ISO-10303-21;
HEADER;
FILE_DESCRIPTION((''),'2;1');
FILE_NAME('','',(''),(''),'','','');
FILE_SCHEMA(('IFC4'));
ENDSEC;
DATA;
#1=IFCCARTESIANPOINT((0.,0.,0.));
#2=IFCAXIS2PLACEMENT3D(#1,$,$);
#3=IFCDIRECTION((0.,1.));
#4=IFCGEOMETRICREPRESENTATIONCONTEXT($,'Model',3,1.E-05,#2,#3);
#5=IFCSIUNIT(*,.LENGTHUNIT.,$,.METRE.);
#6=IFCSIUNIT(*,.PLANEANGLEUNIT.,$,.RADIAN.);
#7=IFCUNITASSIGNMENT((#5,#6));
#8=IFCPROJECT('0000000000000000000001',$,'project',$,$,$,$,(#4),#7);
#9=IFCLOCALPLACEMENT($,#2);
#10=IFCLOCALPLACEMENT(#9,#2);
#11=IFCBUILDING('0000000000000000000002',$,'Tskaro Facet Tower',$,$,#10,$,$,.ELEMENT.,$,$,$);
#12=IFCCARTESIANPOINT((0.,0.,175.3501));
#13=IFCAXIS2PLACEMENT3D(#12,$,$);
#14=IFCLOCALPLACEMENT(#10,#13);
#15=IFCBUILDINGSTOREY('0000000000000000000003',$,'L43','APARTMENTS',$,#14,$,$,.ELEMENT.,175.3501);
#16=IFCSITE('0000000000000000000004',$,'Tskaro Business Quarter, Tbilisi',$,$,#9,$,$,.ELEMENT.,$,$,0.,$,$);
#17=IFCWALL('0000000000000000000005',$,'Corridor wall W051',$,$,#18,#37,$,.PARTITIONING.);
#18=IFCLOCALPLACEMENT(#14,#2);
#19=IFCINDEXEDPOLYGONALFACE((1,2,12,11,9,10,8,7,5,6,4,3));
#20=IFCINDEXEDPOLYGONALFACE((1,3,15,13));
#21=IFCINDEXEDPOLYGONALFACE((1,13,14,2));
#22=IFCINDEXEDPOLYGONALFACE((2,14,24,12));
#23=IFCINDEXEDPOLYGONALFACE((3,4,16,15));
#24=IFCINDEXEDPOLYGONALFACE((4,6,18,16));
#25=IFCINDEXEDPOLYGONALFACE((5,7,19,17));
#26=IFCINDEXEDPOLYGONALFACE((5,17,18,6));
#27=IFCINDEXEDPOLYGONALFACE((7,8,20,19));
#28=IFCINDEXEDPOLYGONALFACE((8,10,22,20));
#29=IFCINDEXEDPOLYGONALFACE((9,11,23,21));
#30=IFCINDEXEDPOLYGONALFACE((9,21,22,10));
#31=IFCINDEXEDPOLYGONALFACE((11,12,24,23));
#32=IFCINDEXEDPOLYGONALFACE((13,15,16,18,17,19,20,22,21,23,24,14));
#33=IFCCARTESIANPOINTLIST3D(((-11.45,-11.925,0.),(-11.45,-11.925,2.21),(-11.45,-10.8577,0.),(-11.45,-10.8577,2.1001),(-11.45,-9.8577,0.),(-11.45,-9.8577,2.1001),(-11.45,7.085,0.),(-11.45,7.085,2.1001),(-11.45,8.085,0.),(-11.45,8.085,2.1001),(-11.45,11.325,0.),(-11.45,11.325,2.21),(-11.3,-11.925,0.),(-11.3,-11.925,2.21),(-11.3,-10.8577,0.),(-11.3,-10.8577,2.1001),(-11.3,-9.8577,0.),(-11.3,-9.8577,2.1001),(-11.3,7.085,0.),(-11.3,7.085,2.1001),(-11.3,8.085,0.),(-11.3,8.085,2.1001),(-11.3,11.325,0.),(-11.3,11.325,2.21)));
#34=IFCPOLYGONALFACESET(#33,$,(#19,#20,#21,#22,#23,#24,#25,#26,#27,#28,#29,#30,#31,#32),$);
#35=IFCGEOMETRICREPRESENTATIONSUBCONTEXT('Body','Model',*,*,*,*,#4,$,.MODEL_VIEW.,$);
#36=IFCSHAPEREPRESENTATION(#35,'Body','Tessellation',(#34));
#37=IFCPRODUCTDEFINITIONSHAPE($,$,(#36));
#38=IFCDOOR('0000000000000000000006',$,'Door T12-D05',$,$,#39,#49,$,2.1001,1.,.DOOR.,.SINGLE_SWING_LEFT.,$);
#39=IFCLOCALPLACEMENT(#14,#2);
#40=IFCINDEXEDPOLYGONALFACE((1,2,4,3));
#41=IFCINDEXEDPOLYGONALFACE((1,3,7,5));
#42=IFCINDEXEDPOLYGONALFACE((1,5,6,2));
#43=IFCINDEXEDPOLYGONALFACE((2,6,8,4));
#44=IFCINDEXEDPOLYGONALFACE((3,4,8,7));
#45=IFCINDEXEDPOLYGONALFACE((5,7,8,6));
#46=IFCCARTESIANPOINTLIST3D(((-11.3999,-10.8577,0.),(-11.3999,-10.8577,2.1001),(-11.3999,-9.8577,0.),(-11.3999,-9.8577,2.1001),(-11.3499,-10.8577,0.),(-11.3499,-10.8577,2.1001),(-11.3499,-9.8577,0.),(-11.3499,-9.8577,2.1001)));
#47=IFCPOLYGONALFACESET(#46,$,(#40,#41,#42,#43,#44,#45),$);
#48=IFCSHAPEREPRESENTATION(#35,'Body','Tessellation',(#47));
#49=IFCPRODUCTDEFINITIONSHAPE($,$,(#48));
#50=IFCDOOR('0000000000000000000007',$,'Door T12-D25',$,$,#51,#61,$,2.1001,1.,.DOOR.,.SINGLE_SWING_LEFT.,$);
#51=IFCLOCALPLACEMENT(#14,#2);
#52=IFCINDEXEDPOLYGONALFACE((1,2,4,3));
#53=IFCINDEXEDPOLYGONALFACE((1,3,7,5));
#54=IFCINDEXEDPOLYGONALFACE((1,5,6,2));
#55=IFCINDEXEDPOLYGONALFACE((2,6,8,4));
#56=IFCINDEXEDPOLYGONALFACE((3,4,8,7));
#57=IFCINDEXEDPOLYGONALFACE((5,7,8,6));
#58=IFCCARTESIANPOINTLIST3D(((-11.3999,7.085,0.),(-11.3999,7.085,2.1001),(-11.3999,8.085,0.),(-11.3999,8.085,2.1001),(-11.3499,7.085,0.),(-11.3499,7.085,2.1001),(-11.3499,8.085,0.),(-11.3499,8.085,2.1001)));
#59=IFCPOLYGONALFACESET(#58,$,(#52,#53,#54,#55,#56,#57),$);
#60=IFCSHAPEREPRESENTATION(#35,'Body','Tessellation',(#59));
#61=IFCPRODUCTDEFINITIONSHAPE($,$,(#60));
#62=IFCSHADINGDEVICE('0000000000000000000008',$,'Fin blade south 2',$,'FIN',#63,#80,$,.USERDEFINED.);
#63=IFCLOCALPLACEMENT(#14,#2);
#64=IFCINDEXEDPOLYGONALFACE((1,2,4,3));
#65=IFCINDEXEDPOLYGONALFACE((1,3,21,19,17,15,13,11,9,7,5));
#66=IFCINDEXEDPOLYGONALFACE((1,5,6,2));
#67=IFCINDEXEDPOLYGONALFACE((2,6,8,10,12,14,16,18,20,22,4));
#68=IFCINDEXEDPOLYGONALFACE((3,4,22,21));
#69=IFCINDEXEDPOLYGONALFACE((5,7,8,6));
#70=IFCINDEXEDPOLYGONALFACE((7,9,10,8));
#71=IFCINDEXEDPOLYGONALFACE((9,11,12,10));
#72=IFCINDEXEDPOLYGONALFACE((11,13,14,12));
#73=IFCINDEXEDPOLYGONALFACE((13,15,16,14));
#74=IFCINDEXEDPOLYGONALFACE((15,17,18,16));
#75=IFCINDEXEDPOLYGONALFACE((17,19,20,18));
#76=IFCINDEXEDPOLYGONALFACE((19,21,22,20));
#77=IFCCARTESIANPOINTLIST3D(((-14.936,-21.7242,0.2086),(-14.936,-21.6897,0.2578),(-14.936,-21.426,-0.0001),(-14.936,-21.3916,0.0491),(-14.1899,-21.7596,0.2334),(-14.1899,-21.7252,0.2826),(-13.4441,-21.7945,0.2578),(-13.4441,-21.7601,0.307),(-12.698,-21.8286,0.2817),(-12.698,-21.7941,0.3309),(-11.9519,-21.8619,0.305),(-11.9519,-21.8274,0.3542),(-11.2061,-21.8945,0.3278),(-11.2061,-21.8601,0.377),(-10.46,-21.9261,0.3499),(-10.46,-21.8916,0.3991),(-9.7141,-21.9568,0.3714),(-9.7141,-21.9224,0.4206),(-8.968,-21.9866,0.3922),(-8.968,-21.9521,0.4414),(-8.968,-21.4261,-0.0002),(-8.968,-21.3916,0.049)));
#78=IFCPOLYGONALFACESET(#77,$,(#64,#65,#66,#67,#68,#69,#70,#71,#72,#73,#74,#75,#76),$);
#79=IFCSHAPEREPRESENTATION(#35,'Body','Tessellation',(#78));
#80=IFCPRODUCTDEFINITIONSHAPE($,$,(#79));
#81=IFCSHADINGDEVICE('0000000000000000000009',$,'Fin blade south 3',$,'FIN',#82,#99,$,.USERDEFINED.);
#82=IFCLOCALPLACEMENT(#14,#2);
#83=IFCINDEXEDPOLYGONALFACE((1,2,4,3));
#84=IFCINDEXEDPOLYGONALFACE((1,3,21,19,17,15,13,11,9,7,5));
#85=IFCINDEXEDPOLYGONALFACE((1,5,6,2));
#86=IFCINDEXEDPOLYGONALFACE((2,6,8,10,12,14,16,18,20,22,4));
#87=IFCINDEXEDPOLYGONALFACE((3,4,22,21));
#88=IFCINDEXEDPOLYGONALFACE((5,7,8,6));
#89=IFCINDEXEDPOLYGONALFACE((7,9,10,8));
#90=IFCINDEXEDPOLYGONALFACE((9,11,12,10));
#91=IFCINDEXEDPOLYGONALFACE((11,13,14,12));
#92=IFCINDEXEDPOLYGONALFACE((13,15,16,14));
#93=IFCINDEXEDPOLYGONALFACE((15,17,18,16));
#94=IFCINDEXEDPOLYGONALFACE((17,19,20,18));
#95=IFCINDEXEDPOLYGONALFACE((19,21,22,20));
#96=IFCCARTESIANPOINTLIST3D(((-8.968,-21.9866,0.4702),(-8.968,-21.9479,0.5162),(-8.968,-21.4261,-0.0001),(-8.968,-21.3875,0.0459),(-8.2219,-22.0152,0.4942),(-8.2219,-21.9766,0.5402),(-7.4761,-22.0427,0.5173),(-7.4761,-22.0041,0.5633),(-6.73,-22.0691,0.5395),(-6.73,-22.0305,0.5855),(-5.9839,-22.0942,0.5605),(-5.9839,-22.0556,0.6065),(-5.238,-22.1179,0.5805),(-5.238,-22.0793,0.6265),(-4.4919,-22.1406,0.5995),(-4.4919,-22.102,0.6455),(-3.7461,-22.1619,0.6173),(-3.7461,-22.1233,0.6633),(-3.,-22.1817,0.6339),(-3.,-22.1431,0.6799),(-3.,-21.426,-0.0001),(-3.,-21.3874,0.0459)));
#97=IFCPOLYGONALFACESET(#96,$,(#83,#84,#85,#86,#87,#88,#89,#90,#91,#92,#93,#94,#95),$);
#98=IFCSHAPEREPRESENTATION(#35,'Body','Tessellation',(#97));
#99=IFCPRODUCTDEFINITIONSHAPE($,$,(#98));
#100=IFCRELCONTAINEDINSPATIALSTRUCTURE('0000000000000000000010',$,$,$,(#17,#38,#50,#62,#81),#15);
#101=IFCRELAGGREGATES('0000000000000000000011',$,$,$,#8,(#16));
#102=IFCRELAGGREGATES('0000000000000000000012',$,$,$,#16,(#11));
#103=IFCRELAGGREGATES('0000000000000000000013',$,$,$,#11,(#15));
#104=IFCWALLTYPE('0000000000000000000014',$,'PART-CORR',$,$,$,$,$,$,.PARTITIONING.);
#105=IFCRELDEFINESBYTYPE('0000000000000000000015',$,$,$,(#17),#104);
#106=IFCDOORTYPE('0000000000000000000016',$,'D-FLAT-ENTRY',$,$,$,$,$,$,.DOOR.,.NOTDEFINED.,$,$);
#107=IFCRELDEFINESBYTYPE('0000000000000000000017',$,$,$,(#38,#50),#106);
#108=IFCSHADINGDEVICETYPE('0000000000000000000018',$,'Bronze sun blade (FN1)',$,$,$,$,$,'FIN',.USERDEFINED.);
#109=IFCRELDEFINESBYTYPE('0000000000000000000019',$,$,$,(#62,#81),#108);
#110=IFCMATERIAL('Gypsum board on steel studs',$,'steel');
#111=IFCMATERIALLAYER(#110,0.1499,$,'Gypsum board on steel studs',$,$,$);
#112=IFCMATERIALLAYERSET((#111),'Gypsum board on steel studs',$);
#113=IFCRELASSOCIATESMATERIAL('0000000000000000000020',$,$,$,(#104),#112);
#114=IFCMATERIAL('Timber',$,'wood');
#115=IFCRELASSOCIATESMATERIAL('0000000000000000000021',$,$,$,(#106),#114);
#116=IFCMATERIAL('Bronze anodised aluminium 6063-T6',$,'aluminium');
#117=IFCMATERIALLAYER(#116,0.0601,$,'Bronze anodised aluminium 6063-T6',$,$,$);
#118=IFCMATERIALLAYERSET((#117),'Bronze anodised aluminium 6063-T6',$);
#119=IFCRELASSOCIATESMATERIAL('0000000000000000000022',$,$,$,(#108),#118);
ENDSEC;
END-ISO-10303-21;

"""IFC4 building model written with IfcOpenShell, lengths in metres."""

from ifc_helpers import new_model, si_unit, direction, frame, frame_2d, origin, place, context, subcontext, project, spatial, polyline, rectangle, outline, extrude, material, layer, layer_set, type_object, element, fill, save


model = new_model("IFC4")

# Units and contexts
model_context = context("Model", 3, precision=1e-05, world=origin(), true_north=direction((0.0, 1.0)))
body_context = subcontext(model_context, "Body", "Model", "MODEL_VIEW")
ifc_project = project(units=[si_unit("LENGTHUNIT", "METRE"), si_unit("PLANEANGLEUNIT", "RADIAN")], contexts=[model_context])

# Site, building, storey
site_placement = place(None, origin())
site = spatial("IfcSite", under=ifc_project, at=site_placement, Name="Tskaro Business Quarter, Tbilisi", CompositionType="ELEMENT", RefElevation=0.0)
building_placement = place(site_placement, origin())
building = spatial("IfcBuilding", under=site, at=building_placement, Name="Tskaro Facet Tower", CompositionType="ELEMENT")
storey_placement = place(building_placement, frame((0.0, 0.0, 175.3501)))
storey = spatial("IfcBuildingStorey", under=building, at=storey_placement, Name="L43", Description="APARTMENTS", CompositionType="ELEMENT", Elevation=175.3501)

# Shared definitions
ifc_material_1 = material(Name="Bronze anodised aluminium 6063-T6", Category="aluminium")

# Shared definitions
ifc_material_2 = material(Name="Gypsum board on steel studs", Category="steel")
ifc_material_3 = material(Name="Timber", Category="wood")

# Shared definitions
ifc_layer_1 = layer(ifc_material_2, 0.1499, Name="Gypsum board on steel studs")
ifc_layer_set_1 = layer_set([ifc_layer_1], Name="Gypsum board on steel studs")
wall_type_1 = type_object("IfcWallType", Name="PART-CORR", PredefinedType="PARTITIONING", material=ifc_layer_set_1)

# Wall, openings, doors
wall_1_placement = place(storey_placement, frame((-11.375, -11.925, 0.0), z_axis=(0.0, 0.0, 1.0), x_axis=(0.0, 1.0, 0.0)))
wall_1 = element("IfcWall", 1, at=wall_1_placement, inside=storey, type_object=wall_type_1, Name="Corridor wall W051", PredefinedType="PARTITIONING", context=body_context, shape_type="SweptSolid", body=[
    extrude(rectangle(XDim=23.25, YDim=0.1499, at=frame_2d((11.625, 0.0))), origin(), (0.0, 0.0, 1.0), 2.21),
])
opening_1_placement = place(wall_1_placement, frame((1.0674, 0.0, 0.0)))
opening_1 = element("IfcOpeningElement", 2, at=opening_1_placement, cuts=wall_1, PredefinedType="OPENING", context=body_context, shape_type="SweptSolid", body=[
    extrude(rectangle(XDim=1.0, YDim=2.1001, at=frame_2d((0.5, 1.05))), frame((0.0, 0.085, 0.0), z_axis=(0.0, -1.0, 0.0), x_axis=(1.0, 0.0, 0.0)), (0.0, 0.0, 1.0), 0.1699),
])
opening_2_placement = place(wall_1_placement, frame((19.01, 0.0, 0.0)))
opening_2 = element("IfcOpeningElement", 3, at=opening_2_placement, cuts=wall_1, PredefinedType="OPENING", context=body_context, shape_type="SweptSolid", body=[
    extrude(rectangle(XDim=1.0, YDim=2.1001, at=frame_2d((0.5, 1.05))), frame((0.0, 0.085, 0.0), z_axis=(0.0, -1.0, 0.0), x_axis=(1.0, 0.0, 0.0)), (0.0, 0.0, 1.0), 0.1699),
])
door_type_1 = type_object("IfcDoorType", Name="D-FLAT-ENTRY", OperationType="NOTDEFINED", PredefinedType="DOOR", material=ifc_material_3)
door_1_placement = place(opening_1_placement, origin())
door_1 = element("IfcDoor", 4, at=door_1_placement, inside=storey, type_object=door_type_1, Name="Door T12-D05", OperationType="SINGLE_SWING_LEFT", OverallHeight=2.1001, OverallWidth=1.0, PredefinedType="DOOR", context=body_context, shape_type="SweptSolid", body=[
    extrude(rectangle(XDim=1.0, YDim=2.1001, at=frame_2d((0.5, 1.05))), frame((0.0, 0.0249, 0.0), z_axis=(0.0, -1.0, 0.0), x_axis=(1.0, 0.0, 0.0)), (0.0, 0.0, 1.0), 0.05),
])
fill(opening_1, door_1)
door_2_placement = place(opening_2_placement, origin())
door_2 = element("IfcDoor", 5, at=door_2_placement, inside=storey, type_object=door_type_1, Name="Door T12-D25", OperationType="SINGLE_SWING_LEFT", OverallHeight=2.1001, OverallWidth=1.0, PredefinedType="DOOR", context=body_context, shape_type="SweptSolid", body=[
    extrude(rectangle(XDim=1.0, YDim=2.1001, at=frame_2d((0.5, 1.05))), frame((0.0, 0.0249, 0.0), z_axis=(0.0, -1.0, 0.0), x_axis=(1.0, 0.0, 0.0)), (0.0, 0.0, 1.0), 0.05),
])
fill(opening_2, door_2)

# Shading devices
ifc_layer_2 = layer(ifc_material_1, 0.0601, Name="Bronze anodised aluminium 6063-T6")
ifc_layer_set_2 = layer_set([ifc_layer_2], Name="Bronze anodised aluminium 6063-T6")
shading_device_type = type_object("IfcShadingDeviceType", Name="Bronze sun blade (FN1)", ElementType="FIN", PredefinedType="USERDEFINED", material=ifc_layer_set_2)
shading_device_1_placement = place(storey_placement, frame((-14.936, -21.3916, 0.0491), z_axis=(0.000013, 0.573542, 0.819176), x_axis=(1.0, -0.000008, -0.000011)))
element("IfcShadingDevice", 6, at=shading_device_1_placement, inside=storey, type_object=shading_device_type, Name="Fin blade south 2", ObjectType="FIN", PredefinedType="USERDEFINED", context=body_context, shape_type="SweptSolid", body=[
    extrude(outline(polyline([(0.0, 0.0), (5.968, 0.0), (5.968, -0.6842), (5.2219, -0.6479), (4.4761, -0.6104), (3.73, -0.5718), (2.9841, -0.532), (2.238, -0.4914), (1.4919, -0.4498), (0.7461, -0.4072), (0.0, -0.3639), (0.0, 0.0)])), origin(), (0.0, 0.0, -1.0), 0.0601),
])
shading_device_2_placement = place(storey_placement, frame((-8.968, -21.3875, 0.0459), z_axis=(-0.000009, 0.642756, 0.766071), x_axis=(1.0, 0.000006, 0.000007)))
element("IfcShadingDevice", 7, at=shading_device_2_placement, inside=storey, type_object=shading_device_type, Name="Fin blade south 3", ObjectType="FIN", PredefinedType="USERDEFINED", context=body_context, shape_type="SweptSolid", body=[
    extrude(outline(polyline([(0.0, 0.0), (5.968, 0.0), (5.968, -0.9864), (5.2219, -0.9606), (4.4761, -0.9328), (3.73, -0.9032), (2.9841, -0.8722), (2.238, -0.8394), (1.4919, -0.805), (0.7461, -0.7691), (0.0, -0.7317), (0.0, 0.0)])), origin(), (0.0, 0.0, -1.0), 0.0601),
])

save(model, "model.ifc")
